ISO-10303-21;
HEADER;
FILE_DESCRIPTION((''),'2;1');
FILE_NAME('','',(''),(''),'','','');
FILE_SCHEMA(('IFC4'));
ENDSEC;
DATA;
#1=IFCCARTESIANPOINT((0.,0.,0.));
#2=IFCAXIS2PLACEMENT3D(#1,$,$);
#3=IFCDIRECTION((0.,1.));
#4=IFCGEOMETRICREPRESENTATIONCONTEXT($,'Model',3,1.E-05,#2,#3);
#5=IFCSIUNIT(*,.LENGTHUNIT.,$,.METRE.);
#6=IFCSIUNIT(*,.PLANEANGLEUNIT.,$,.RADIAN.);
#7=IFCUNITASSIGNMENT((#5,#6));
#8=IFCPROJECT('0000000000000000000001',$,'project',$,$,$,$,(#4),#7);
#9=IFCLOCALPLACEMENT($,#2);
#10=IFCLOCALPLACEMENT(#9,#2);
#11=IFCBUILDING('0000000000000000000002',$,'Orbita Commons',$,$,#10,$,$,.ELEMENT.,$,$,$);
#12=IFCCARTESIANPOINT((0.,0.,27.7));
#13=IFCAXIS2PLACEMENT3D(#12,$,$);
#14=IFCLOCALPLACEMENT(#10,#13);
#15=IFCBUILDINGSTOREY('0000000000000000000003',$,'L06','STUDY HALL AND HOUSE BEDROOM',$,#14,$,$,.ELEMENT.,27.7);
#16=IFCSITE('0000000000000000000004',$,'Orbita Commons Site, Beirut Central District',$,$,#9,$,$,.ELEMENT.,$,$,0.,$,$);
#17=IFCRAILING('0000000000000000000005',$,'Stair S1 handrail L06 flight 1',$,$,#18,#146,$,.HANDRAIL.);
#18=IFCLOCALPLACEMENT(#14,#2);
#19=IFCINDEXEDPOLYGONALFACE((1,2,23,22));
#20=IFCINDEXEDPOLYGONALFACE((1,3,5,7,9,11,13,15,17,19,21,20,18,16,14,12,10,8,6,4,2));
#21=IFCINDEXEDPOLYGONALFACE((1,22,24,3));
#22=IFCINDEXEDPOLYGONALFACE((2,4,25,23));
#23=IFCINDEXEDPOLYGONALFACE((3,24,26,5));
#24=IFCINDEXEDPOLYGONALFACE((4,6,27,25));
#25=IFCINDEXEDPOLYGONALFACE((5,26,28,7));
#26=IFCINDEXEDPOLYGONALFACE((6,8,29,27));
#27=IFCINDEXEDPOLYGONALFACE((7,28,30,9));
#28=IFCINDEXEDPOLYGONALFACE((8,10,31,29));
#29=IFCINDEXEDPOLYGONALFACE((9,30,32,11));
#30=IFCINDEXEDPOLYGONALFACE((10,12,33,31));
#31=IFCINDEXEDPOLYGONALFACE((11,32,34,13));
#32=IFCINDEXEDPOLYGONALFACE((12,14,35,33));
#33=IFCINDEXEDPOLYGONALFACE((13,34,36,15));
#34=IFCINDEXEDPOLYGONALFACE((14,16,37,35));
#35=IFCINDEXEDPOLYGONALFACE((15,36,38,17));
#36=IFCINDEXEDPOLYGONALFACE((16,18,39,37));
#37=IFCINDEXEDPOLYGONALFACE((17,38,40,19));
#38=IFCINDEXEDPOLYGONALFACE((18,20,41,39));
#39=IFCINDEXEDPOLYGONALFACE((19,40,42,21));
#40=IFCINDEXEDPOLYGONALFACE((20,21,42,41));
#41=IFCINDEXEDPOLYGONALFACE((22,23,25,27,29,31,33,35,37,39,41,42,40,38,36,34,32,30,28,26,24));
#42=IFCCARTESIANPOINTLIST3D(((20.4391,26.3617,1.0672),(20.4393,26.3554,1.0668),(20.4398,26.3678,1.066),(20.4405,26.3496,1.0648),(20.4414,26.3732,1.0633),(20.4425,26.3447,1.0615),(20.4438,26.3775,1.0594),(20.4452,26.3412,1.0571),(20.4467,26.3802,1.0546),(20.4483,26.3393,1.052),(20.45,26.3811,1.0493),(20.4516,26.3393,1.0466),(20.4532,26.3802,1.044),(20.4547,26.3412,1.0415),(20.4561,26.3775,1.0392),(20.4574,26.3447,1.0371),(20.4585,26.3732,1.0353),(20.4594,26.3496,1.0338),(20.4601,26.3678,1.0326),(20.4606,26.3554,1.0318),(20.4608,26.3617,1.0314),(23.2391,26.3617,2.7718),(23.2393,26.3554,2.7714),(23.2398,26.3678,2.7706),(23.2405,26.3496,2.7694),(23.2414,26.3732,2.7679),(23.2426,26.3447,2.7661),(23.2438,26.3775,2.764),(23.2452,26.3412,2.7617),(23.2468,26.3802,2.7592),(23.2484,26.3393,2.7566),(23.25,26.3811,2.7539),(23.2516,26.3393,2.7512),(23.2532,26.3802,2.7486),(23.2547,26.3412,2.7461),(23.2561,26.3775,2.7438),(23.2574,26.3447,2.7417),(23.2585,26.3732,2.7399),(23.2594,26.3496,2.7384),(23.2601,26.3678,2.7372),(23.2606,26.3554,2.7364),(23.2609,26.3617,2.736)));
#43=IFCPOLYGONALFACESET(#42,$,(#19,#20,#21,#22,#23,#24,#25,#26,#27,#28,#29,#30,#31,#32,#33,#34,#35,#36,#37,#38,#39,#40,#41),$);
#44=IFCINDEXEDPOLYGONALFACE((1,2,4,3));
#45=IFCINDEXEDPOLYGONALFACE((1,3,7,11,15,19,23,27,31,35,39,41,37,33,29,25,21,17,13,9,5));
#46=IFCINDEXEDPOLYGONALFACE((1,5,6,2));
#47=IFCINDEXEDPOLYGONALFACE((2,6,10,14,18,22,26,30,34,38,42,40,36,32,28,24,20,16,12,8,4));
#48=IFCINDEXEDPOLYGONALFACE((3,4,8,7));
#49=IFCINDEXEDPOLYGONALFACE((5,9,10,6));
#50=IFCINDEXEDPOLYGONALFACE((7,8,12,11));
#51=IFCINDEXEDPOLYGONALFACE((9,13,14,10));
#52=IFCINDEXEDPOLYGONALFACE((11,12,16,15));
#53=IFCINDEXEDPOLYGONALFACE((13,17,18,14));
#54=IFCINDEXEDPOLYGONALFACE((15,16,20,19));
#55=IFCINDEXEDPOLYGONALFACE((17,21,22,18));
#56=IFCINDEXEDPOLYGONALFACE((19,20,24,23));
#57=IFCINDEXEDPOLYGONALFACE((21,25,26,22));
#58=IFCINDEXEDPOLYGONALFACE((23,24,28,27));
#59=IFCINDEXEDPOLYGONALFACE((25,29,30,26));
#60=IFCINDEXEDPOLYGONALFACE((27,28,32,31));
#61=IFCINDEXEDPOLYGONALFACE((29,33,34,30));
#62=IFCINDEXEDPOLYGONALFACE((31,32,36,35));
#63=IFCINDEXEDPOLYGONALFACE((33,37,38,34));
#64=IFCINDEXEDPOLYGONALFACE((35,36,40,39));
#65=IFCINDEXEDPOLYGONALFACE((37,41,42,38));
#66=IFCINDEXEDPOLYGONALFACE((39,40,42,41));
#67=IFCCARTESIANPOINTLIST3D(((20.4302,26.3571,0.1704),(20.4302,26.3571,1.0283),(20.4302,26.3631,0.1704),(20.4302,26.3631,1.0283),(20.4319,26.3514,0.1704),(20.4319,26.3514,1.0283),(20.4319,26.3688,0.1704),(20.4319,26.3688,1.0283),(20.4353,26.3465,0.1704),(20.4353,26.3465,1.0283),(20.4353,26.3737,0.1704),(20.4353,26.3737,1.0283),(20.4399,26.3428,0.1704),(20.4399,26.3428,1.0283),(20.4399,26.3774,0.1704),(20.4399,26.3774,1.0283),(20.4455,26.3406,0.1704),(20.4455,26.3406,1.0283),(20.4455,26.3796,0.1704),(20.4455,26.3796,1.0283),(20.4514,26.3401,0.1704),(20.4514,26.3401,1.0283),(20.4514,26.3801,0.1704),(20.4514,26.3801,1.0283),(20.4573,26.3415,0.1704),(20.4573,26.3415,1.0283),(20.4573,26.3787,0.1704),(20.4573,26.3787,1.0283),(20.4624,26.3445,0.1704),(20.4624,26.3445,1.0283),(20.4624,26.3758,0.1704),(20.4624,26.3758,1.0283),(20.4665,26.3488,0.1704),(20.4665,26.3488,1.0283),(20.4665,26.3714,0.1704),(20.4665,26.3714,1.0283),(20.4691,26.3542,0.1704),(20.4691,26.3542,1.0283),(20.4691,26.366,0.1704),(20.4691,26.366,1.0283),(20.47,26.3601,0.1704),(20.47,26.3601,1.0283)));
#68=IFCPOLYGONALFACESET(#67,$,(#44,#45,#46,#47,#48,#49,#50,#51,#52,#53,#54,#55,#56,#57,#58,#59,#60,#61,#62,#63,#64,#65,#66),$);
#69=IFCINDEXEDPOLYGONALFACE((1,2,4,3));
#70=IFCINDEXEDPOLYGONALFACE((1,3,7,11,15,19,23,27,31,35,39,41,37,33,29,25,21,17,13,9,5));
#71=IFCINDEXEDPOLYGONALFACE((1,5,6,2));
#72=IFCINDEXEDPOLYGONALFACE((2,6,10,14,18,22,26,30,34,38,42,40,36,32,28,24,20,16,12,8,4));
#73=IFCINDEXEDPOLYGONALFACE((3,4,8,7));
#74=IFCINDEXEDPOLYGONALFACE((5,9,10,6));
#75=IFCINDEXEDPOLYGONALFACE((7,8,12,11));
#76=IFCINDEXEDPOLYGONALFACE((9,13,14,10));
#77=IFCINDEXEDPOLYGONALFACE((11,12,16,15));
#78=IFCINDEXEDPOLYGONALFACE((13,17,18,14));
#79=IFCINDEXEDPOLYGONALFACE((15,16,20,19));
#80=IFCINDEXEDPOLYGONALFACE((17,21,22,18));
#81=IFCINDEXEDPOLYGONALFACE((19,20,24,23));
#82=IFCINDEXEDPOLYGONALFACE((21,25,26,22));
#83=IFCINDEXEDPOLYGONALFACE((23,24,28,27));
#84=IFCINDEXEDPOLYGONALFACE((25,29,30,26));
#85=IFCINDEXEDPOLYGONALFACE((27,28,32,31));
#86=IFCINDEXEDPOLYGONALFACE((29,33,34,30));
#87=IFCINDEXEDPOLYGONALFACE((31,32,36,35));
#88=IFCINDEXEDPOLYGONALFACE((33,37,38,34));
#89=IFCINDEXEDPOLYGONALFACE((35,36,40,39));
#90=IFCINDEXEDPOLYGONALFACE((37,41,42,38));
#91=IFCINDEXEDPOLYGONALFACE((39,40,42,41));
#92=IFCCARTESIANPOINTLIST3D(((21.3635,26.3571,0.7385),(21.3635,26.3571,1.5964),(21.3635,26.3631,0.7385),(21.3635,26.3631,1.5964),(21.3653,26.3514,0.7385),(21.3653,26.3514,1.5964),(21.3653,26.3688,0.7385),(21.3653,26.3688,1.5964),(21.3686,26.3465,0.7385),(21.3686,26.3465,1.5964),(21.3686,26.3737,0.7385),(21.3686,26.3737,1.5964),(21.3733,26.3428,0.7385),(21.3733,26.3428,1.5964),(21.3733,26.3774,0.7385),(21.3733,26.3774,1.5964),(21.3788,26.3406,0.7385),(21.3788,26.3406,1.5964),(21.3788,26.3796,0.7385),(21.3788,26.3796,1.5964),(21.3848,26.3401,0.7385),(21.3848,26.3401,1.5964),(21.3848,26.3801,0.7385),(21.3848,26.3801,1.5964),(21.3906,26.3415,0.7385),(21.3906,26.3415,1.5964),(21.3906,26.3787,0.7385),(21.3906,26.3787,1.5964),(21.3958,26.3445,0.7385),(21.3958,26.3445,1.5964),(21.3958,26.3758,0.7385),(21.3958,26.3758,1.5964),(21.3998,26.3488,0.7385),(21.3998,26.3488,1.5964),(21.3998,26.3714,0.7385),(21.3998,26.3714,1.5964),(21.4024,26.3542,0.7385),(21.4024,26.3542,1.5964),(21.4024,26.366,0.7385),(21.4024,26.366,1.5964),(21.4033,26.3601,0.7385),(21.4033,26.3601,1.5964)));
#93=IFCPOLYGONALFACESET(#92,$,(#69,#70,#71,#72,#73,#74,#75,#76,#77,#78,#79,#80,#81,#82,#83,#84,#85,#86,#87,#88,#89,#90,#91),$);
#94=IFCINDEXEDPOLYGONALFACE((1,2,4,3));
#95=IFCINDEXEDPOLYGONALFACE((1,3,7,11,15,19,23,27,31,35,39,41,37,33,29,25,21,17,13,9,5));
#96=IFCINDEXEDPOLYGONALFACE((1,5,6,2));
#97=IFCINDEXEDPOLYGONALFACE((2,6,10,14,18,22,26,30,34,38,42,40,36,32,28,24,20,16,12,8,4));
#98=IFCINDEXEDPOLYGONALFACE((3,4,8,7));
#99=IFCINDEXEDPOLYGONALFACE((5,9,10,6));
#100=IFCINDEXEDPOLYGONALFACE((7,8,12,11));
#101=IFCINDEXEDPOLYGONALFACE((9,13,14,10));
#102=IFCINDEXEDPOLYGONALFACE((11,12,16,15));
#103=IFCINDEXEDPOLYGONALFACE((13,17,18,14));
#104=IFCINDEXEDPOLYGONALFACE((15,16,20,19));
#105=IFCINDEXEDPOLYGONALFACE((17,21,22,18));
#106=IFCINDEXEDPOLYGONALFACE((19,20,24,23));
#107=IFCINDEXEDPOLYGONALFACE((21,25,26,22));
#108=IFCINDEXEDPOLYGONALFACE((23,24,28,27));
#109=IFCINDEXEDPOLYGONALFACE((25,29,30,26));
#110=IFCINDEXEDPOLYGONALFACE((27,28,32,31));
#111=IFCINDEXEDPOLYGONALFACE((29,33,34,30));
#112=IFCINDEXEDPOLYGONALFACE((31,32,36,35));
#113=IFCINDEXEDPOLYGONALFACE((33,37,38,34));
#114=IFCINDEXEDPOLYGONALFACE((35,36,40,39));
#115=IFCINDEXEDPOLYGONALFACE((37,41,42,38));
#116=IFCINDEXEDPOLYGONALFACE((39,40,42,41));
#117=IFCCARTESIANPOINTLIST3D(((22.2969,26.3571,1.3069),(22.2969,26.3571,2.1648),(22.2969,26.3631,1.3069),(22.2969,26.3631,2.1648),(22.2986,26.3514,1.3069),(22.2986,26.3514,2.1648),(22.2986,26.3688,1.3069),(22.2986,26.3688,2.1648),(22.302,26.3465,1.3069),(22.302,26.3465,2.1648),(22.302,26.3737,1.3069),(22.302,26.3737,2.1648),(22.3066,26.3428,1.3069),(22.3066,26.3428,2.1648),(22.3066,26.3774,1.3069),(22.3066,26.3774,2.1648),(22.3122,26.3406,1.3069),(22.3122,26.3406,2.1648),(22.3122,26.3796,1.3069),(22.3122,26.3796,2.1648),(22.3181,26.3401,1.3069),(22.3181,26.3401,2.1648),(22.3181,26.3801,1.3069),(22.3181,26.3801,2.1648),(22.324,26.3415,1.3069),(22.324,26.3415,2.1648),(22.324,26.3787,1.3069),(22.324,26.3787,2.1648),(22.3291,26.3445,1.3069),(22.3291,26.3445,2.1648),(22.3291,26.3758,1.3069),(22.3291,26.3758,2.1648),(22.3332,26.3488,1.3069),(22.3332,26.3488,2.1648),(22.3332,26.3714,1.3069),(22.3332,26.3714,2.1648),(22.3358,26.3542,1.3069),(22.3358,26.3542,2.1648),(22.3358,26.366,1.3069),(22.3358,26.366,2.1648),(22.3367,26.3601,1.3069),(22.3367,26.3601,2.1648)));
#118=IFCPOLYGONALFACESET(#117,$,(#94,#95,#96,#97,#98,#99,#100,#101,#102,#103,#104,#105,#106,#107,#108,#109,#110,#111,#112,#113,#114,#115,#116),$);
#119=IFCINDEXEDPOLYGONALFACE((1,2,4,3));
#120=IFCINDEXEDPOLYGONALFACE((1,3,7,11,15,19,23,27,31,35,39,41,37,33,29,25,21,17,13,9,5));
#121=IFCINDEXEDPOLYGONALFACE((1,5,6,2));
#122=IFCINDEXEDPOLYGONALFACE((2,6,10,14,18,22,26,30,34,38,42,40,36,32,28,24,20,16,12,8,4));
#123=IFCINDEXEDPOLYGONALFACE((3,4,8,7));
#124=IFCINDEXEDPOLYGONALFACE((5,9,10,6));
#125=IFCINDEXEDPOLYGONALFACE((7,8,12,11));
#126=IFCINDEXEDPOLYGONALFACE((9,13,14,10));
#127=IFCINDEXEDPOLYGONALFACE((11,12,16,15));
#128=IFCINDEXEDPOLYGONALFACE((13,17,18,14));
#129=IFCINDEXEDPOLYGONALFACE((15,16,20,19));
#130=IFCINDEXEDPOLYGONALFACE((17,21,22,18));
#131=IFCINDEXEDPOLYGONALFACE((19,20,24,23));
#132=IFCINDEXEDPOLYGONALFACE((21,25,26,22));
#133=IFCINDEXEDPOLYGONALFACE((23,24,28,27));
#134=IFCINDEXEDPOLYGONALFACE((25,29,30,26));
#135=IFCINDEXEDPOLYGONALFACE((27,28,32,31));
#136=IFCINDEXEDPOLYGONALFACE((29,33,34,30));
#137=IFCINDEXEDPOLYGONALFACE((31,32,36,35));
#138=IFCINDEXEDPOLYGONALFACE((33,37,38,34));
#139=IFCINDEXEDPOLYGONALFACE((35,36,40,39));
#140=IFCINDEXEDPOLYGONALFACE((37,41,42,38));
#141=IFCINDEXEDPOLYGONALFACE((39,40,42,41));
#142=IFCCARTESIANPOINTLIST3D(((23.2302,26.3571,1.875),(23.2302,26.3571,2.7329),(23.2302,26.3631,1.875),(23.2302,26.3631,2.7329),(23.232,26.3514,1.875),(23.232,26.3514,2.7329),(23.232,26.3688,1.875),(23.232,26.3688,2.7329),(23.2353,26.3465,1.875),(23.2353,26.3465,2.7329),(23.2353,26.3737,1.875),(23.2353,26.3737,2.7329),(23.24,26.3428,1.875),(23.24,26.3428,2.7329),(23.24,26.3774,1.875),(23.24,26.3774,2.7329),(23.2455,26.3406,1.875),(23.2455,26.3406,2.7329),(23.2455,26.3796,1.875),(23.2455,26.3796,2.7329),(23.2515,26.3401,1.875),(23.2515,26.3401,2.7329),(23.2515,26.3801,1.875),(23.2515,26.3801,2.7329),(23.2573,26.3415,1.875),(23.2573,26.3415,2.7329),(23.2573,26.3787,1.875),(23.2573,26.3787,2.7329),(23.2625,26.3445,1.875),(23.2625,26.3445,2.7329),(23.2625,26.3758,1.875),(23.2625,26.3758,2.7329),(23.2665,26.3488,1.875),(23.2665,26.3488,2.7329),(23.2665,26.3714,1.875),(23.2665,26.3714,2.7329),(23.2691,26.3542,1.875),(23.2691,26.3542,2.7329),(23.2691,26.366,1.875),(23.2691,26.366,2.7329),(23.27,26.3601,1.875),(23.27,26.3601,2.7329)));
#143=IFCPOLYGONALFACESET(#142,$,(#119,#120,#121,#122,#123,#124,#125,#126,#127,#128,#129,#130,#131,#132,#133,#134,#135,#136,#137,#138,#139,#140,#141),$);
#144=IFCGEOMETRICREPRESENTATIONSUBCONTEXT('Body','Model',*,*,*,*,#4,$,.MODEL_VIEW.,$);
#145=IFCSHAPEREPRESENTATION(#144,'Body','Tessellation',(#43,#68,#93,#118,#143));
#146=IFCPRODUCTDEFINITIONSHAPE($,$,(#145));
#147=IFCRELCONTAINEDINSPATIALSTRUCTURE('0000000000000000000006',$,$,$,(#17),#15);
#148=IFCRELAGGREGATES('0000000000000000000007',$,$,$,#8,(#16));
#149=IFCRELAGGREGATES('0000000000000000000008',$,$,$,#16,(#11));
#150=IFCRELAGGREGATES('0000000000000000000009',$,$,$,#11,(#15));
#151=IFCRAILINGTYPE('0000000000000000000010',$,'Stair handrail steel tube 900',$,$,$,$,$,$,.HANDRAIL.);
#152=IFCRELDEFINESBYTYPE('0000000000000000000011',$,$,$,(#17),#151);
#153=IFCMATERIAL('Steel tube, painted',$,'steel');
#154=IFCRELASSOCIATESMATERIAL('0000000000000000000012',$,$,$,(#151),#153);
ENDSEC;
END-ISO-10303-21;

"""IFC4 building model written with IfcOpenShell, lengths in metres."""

from ifc_helpers import new_model, si_unit, direction, frame, origin, origin_2d, place, context, subcontext, project, spatial, circle, extrude, material, type_object, element, save


model = new_model("IFC4")

# Units and contexts
model_context = context("Model", 3, precision=1e-05, world=origin(), true_north=direction((0.0, 1.0)))
body_context = subcontext(model_context, "Body", "Model", "MODEL_VIEW")
ifc_project = project(units=[si_unit("LENGTHUNIT", "METRE"), si_unit("PLANEANGLEUNIT", "RADIAN")], contexts=[model_context])

# Site, building, storey
site_placement = place(None, origin())
site = spatial("IfcSite", under=ifc_project, at=site_placement, Name="Orbita Commons Site, Beirut Central District", CompositionType="ELEMENT", RefElevation=0.0)
building_placement = place(site_placement, origin())
building = spatial("IfcBuilding", under=site, at=building_placement, Name="Orbita Commons", CompositionType="ELEMENT")
storey_placement = place(building_placement, frame((0.0, 0.0, 27.7)))
storey = spatial("IfcBuildingStorey", under=building, at=storey_placement, Name="L06", Description="STUDY HALL AND HOUSE BEDROOM", CompositionType="ELEMENT", Elevation=27.7)

# Railing
ifc_material_1 = material(Name="Steel tube, painted", Category="steel")
railing_type = type_object("IfcRailingType", Name="Stair handrail steel tube 900", PredefinedType="HANDRAIL", material=ifc_material_1)
for number, where, name in (
    (1, (20.45, 26.3601, 0.1704), "Stair S1 handrail L06 flight 1"),
):
    element("IfcRailing", number, at=place(storey_placement, frame(where)), inside=storey, type_object=railing_type, Name=name, PredefinedType="HANDRAIL", context=body_context, shape_type="SweptSolid", body=[
        extrude(circle(Radius=0.021, at=origin_2d()), frame((0.0, 0.0, 0.8789), z_axis=(0.85417, 0.0, 0.519994), x_axis=(0.0, 1.0, 0.0)), (0.0, 0.0, 1.0), 3.2781),
        extrude(circle(Radius=0.02, at=origin_2d()), origin(), (0.0, 0.0, 1.0), 0.8579),
        extrude(circle(Radius=0.02, at=origin_2d()), frame((0.9333, 0.0, 0.5681)), (0.0, 0.0, 1.0), 0.8579),
        extrude(circle(Radius=0.02, at=origin_2d()), frame((1.8667, 0.0, 1.1365)), (0.0, 0.0, 1.0), 0.8579),
        extrude(circle(Radius=0.02, at=origin_2d()), frame((2.8, 0.0, 1.7046)), (0.0, 0.0, 1.0), 0.8579),
    ])

save(model, "model.ifc")
